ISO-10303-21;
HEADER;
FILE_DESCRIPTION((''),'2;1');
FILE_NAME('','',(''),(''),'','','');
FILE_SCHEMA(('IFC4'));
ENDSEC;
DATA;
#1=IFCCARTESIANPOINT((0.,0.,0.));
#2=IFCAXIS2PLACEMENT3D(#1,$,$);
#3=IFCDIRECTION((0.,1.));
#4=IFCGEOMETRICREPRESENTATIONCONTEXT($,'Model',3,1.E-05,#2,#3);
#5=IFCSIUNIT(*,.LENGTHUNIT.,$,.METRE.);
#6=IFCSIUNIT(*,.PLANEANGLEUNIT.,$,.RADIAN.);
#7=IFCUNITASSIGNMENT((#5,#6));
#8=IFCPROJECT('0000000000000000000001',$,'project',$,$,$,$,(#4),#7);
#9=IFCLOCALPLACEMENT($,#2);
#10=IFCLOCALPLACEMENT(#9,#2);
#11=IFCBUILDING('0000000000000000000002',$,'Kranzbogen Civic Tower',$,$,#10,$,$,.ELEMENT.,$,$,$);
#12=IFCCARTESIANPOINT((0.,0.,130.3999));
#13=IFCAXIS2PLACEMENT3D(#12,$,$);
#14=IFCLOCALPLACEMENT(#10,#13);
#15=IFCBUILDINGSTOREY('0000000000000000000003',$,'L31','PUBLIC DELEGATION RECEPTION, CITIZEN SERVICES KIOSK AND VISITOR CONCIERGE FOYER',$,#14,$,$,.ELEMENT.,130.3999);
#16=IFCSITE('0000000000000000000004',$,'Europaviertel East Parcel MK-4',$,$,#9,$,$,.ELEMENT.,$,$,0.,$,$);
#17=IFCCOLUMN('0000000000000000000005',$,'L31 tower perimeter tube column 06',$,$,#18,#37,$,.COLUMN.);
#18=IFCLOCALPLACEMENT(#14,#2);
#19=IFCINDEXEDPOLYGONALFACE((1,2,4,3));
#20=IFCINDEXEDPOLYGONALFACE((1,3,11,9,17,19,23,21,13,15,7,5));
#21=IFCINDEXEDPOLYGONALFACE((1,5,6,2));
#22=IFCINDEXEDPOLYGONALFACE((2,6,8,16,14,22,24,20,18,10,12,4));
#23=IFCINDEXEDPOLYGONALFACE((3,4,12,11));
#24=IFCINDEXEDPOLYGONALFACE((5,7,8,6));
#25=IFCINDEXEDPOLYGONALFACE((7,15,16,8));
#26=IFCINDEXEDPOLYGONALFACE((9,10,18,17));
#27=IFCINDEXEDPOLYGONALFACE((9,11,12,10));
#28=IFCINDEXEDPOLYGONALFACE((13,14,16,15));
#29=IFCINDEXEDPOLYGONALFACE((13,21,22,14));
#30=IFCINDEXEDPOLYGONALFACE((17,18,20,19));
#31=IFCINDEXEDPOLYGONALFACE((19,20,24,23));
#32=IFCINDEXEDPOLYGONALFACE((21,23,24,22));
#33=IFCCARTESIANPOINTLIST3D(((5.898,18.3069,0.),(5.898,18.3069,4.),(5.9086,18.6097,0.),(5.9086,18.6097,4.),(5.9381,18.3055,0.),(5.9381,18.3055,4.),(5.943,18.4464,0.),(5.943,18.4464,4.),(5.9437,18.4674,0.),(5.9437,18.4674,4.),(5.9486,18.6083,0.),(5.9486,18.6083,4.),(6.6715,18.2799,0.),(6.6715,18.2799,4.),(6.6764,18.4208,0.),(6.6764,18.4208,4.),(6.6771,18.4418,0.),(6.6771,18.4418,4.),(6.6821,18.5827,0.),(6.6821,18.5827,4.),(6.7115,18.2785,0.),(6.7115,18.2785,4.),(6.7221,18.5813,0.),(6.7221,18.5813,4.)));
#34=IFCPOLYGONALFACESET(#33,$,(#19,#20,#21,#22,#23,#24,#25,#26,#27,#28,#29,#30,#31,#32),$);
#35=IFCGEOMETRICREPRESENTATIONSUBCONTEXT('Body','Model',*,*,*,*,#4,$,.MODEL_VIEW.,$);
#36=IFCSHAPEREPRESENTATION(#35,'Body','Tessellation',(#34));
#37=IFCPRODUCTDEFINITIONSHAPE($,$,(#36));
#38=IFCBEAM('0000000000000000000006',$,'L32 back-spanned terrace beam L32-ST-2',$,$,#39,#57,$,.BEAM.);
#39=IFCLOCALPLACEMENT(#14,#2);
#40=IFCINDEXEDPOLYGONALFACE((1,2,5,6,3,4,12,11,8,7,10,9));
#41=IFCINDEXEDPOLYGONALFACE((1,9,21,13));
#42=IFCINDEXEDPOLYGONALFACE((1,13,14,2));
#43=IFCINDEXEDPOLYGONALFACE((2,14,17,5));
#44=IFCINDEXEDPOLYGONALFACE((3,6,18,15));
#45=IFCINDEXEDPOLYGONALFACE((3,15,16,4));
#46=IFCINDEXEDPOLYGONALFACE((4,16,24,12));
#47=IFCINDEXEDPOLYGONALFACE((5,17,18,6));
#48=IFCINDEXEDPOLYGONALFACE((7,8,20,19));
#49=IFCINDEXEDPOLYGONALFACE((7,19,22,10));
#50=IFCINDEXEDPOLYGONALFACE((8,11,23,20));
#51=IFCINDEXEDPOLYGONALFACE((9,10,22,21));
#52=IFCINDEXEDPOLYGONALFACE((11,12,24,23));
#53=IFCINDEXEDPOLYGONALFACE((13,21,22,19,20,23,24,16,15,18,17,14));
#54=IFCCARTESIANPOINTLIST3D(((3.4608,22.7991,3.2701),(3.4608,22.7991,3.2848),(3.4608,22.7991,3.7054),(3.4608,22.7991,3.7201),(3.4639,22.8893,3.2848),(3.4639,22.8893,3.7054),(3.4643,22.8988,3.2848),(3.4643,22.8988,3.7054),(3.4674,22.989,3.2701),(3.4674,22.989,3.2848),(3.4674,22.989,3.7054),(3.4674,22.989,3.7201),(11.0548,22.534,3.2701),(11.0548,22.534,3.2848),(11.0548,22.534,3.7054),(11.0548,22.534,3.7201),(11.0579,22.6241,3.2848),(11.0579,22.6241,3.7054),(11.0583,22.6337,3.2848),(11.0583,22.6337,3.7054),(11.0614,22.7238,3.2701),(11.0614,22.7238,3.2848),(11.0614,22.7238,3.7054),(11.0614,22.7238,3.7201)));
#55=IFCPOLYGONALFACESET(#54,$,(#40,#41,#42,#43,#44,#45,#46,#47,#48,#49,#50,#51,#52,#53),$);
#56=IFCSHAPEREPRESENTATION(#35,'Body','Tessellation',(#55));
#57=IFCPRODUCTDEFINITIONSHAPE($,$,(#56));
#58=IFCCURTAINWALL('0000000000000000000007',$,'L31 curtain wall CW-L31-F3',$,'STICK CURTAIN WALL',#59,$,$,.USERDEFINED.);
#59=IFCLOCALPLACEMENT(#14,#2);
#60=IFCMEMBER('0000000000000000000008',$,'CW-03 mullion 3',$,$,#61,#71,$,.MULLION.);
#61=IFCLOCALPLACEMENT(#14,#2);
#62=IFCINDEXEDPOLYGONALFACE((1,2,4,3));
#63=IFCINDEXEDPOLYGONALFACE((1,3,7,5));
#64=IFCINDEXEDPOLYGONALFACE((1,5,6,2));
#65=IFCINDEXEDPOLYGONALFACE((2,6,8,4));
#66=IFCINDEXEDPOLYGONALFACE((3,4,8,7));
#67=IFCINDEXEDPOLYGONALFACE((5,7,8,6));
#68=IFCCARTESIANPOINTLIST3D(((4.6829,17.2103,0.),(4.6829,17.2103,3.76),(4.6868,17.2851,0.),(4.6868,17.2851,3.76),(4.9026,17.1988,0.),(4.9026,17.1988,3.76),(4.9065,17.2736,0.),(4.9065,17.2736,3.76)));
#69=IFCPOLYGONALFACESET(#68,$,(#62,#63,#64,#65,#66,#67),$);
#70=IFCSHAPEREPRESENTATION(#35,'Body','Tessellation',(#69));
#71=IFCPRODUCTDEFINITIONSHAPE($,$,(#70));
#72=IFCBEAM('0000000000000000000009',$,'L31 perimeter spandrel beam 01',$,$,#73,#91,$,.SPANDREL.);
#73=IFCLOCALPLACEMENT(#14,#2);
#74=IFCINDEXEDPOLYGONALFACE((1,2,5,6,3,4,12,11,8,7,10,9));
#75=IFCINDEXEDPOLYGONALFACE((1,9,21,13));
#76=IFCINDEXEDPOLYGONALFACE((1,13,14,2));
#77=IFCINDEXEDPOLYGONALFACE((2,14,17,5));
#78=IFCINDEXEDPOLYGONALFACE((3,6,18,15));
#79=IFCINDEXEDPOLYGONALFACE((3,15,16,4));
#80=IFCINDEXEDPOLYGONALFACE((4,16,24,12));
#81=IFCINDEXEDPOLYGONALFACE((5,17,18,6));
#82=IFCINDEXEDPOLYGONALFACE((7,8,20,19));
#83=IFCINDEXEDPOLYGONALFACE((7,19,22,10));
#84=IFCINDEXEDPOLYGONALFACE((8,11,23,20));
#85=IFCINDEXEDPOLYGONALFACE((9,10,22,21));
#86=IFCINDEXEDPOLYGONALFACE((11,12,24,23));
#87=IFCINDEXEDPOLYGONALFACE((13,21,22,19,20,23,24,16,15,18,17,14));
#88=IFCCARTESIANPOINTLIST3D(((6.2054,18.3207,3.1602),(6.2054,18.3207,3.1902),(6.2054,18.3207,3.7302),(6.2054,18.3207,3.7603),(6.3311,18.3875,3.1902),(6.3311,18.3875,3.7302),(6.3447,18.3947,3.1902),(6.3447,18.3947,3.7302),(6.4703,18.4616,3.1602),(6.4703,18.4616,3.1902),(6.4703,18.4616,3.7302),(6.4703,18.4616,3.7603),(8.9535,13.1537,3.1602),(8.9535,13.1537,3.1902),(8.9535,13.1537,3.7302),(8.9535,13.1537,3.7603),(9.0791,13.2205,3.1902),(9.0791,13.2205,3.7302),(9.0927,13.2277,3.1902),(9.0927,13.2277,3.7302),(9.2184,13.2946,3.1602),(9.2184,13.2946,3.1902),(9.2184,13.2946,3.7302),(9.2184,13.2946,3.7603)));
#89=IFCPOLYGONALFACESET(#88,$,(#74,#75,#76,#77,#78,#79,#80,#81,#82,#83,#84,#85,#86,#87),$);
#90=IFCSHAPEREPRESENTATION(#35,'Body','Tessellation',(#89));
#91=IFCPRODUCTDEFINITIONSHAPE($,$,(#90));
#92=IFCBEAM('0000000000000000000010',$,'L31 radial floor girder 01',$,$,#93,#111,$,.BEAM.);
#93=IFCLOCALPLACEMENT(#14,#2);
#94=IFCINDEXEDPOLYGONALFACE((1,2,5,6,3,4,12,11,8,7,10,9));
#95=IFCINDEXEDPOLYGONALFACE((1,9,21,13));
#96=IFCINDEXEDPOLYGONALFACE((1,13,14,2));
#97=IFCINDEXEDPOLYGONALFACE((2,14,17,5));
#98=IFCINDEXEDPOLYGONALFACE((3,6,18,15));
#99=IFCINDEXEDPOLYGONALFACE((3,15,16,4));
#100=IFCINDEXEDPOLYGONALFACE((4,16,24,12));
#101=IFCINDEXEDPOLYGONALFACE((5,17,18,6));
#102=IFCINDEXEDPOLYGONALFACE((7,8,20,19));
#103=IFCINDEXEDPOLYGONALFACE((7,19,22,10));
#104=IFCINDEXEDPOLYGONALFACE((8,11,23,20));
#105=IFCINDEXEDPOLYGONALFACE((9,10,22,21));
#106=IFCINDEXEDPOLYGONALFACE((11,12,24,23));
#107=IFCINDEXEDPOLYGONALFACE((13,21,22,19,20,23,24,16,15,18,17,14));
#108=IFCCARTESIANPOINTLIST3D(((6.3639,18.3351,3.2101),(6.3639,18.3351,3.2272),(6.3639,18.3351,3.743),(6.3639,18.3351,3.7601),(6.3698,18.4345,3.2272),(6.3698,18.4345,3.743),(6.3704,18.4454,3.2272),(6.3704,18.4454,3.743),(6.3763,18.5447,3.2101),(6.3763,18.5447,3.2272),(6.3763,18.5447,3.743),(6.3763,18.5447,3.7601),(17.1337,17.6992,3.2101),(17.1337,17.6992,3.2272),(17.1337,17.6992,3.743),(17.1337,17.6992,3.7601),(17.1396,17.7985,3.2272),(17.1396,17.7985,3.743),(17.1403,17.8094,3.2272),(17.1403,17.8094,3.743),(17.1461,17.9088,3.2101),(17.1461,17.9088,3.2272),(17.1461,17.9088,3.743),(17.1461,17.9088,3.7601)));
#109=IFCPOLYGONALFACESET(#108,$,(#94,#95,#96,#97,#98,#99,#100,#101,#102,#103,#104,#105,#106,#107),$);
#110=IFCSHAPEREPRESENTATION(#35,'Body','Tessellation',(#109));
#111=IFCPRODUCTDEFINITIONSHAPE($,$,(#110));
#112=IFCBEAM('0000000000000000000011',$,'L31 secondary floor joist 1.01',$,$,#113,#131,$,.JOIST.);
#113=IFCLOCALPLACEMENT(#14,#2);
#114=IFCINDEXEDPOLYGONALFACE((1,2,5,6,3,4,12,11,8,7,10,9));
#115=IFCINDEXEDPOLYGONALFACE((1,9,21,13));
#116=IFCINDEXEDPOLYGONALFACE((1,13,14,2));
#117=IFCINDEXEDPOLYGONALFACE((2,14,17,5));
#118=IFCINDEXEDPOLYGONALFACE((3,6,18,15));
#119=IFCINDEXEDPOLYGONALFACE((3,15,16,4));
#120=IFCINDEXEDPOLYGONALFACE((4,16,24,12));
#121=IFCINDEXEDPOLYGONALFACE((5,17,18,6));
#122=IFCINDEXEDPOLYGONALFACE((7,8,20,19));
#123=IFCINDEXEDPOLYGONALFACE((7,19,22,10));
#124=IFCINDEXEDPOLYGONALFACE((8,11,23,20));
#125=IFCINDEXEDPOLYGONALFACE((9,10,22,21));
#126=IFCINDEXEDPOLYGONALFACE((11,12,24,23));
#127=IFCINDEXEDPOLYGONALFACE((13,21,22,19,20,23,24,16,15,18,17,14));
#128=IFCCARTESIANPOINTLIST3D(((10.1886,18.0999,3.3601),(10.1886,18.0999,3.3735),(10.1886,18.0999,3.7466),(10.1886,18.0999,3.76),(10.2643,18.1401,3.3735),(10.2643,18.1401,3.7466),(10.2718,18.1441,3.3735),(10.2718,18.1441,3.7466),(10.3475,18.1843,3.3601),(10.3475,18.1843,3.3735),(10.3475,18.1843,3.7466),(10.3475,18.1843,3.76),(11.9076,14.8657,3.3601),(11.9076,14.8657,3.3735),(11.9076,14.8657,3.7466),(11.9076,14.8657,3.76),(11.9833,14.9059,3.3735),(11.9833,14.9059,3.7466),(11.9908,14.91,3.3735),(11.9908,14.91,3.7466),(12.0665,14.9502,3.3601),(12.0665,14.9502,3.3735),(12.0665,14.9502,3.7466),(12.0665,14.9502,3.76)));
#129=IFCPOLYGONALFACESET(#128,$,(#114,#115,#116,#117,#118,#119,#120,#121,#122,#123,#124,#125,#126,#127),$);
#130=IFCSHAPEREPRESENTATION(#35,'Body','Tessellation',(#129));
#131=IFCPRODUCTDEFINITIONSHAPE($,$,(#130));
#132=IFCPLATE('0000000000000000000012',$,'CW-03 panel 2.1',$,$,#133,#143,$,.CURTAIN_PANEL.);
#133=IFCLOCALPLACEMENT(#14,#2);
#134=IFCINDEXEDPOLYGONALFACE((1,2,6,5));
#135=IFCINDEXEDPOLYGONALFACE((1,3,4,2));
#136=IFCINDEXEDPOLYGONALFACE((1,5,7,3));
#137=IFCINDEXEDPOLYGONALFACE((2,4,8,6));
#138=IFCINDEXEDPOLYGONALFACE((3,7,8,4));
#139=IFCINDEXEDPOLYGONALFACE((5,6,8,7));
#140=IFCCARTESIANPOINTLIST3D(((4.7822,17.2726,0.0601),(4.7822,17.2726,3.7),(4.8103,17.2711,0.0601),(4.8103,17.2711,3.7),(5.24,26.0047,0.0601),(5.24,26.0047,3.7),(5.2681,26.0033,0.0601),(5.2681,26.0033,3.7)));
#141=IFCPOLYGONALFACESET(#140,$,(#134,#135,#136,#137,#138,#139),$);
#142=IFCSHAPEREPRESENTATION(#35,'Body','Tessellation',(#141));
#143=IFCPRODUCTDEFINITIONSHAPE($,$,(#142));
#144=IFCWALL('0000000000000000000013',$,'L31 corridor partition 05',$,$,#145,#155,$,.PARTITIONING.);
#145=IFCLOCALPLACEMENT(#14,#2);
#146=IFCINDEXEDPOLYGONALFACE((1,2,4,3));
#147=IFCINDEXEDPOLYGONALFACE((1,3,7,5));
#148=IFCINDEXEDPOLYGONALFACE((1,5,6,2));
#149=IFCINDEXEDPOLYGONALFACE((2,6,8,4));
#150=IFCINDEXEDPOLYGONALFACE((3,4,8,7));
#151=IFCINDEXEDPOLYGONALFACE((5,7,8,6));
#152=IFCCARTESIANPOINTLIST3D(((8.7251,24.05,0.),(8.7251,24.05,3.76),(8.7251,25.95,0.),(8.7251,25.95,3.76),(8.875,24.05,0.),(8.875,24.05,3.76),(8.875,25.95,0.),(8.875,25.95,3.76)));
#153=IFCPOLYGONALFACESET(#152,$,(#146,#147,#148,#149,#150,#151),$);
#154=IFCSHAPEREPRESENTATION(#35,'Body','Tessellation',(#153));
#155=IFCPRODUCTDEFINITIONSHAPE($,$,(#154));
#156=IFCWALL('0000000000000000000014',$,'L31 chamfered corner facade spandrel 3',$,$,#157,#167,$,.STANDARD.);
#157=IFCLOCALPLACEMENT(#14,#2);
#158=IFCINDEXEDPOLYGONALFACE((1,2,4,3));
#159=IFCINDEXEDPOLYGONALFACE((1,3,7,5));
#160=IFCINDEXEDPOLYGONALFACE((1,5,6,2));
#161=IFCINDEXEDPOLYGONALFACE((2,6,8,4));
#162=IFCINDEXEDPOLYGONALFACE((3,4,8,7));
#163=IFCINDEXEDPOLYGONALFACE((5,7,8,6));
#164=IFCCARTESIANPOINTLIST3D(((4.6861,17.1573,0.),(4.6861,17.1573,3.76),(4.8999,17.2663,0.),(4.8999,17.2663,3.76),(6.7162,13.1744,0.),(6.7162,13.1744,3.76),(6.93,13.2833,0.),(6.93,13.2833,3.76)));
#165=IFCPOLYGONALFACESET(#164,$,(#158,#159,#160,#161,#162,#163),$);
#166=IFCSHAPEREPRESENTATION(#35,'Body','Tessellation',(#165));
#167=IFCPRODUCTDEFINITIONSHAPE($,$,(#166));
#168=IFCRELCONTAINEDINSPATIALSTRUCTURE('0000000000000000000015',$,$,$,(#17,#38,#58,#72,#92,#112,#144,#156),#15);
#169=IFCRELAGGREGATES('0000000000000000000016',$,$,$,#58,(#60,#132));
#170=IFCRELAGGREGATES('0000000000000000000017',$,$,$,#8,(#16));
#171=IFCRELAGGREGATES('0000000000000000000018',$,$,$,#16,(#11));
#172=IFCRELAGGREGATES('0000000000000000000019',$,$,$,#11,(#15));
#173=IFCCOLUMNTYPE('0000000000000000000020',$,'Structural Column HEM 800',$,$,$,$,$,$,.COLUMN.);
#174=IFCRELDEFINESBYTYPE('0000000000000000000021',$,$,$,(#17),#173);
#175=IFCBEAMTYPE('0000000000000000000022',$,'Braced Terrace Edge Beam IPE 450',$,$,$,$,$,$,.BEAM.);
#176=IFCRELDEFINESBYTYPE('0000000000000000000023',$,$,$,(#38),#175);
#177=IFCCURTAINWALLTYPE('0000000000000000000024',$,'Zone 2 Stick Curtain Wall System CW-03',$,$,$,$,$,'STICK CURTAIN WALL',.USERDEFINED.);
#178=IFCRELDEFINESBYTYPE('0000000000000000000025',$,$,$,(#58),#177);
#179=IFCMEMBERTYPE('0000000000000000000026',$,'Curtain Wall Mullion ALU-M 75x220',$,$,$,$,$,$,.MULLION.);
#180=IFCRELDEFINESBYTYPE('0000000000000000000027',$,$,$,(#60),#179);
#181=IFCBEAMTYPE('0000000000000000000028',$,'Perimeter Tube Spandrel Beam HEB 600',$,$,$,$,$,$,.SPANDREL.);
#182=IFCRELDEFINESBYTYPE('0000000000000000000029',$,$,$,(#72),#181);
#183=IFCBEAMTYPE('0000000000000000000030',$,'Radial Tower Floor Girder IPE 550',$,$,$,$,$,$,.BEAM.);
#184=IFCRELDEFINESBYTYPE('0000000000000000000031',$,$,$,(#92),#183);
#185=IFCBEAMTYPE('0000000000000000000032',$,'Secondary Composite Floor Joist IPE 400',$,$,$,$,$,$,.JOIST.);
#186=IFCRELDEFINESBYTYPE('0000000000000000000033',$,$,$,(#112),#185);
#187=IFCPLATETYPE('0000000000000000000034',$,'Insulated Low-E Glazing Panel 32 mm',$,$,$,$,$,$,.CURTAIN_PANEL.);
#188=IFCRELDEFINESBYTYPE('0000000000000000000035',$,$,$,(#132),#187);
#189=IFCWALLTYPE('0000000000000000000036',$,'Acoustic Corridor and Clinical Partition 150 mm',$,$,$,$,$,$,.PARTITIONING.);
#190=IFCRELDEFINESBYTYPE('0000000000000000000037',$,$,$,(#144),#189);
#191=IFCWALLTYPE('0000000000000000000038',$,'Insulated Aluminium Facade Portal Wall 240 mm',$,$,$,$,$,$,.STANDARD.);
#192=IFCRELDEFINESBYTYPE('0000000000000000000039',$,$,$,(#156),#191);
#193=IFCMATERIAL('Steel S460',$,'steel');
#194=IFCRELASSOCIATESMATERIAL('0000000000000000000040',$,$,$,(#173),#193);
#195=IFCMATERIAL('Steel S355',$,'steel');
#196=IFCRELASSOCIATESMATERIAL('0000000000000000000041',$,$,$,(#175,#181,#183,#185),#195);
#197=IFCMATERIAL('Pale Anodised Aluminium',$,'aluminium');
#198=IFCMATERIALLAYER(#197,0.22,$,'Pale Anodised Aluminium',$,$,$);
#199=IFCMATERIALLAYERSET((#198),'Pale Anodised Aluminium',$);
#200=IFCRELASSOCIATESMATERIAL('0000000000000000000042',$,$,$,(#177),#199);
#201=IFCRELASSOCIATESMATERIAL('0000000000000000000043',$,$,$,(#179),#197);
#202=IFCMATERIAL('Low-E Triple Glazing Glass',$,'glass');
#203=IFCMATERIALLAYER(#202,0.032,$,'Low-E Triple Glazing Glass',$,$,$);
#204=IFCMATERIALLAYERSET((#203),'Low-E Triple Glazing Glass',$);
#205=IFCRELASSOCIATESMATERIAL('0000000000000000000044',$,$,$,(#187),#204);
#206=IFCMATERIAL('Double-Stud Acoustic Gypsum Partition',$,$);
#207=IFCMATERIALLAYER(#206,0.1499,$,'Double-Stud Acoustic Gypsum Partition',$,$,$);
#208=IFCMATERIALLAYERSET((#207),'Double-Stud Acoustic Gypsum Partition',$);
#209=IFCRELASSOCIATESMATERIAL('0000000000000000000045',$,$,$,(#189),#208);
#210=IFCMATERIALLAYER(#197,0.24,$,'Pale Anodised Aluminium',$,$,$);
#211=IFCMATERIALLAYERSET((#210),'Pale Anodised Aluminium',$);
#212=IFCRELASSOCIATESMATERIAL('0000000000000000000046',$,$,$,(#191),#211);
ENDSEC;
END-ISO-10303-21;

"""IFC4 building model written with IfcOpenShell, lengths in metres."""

from ifc_helpers import new_model, si_unit, direction, frame, frame_2d, origin, origin_2d, place, context, subcontext, project, spatial, rectangle, i_section, extrude, material, layer, layer_set, material_profile, profile_set, type_object, element, aggregate, save


model = new_model("IFC4")

# Units and contexts
model_context = context("Model", 3, precision=1e-05, world=origin(), true_north=direction((0.0, 1.0)))
body_context = subcontext(model_context, "Body", "Model", "MODEL_VIEW")
ifc_project = project(units=[si_unit("LENGTHUNIT", "METRE"), si_unit("PLANEANGLEUNIT", "RADIAN")], contexts=[model_context])

# Site, building, storey
site_placement = place(None, origin())
site = spatial("IfcSite", under=ifc_project, at=site_placement, Name="Europaviertel East Parcel MK-4", CompositionType="ELEMENT", RefElevation=0.0)
building_placement = place(site_placement, origin())
building = spatial("IfcBuilding", under=site, at=building_placement, Name="Kranzbogen Civic Tower", CompositionType="ELEMENT")
storey_placement = place(building_placement, frame((0.0, 0.0, 130.3999)))
storey = spatial("IfcBuildingStorey", under=building, at=storey_placement, Name="L31", Description="PUBLIC DELEGATION RECEPTION, CITIZEN SERVICES KIOSK AND VISITOR CONCIERGE FOYER", CompositionType="ELEMENT", Elevation=130.3999)

# Column
ifc_material_1 = material(Name="Steel S460", Category="steel")
ifc_material_profile_1 = material_profile(ifc_material_1, i_section(OverallWidth=0.303, OverallDepth=0.814, WebThickness=0.021, FlangeThickness=0.04, at=origin_2d()), Name="HEM 800")
ifc_profile_set_1 = profile_set([ifc_material_profile_1], Name="Steel S460")
column_type = type_object("IfcColumnType", Name="Structural Column HEM 800", PredefinedType="COLUMN", material=ifc_profile_set_1)
column_placement = place(storey_placement, frame((6.3101, 18.4441, 0.0), z_axis=(0.0, 0.0, 1.0), x_axis=(0.034899, 0.999391, 0.0)))
element("IfcColumn", 1, at=column_placement, inside=storey, type_object=column_type, Name="L31 tower perimeter tube column 06", PredefinedType="COLUMN", context=body_context, shape_type="SweptSolid", body=[
    extrude(i_section(OverallWidth=0.303, OverallDepth=0.814, WebThickness=0.021, FlangeThickness=0.04, at=origin_2d()), origin(), (0.0, 0.0, 1.0), 4.0),
])

# Beam
ifc_material_2 = material(Name="Steel S355", Category="steel")
ifc_material_profile_2 = material_profile(ifc_material_2, i_section(OverallWidth=0.1899, OverallDepth=0.45, WebThickness=0.0095, FlangeThickness=0.0146, at=origin_2d()), Name="IPE 450")
ifc_profile_set_2 = profile_set([ifc_material_profile_2], Name="Steel S355")
beam_type_1 = type_object("IfcBeamType", Name="Braced Terrace Edge Beam IPE 450", PredefinedType="BEAM", material=ifc_profile_set_2)
beam_1_placement = place(storey_placement, frame((11.0581, 22.6289, 3.4951), z_axis=(-0.999391, 0.034893, 0.0), x_axis=(-0.034893, -0.999391, 0.0)))
element("IfcBeam", 2, at=beam_1_placement, inside=storey, type_object=beam_type_1, Name="L32 back-spanned terrace beam L32-ST-2", PredefinedType="BEAM", context=body_context, shape_type="SweptSolid", body=[
    extrude(i_section(OverallWidth=0.1899, OverallDepth=0.45, WebThickness=0.0095, FlangeThickness=0.0146, at=origin_2d()), origin(), (0.0, 0.0, 1.0), 7.5986),
])

# Curtain wall, member
ifc_material_3 = material(Name="Pale Anodised Aluminium", Category="aluminium")
ifc_layer_1 = layer(ifc_material_3, 0.22, Name="Pale Anodised Aluminium")
ifc_layer_set_1 = layer_set([ifc_layer_1], Name="Pale Anodised Aluminium")
curtain_wall_type = type_object("IfcCurtainWallType", Name="Zone 2 Stick Curtain Wall System CW-03", ElementType="STICK CURTAIN WALL", PredefinedType="USERDEFINED", material=ifc_layer_set_1)
curtain_wall_placement = place(storey_placement, origin())
curtain_wall = element("IfcCurtainWall", 3, at=curtain_wall_placement, inside=storey, type_object=curtain_wall_type, Name="L31 curtain wall CW-L31-F3", ObjectType="STICK CURTAIN WALL", PredefinedType="USERDEFINED")
ifc_material_profile_3 = material_profile(ifc_material_3, rectangle(XDim=0.075, YDim=0.22, at=origin_2d()), Name="ALU-M 75x220")
ifc_profile_set_3 = profile_set([ifc_material_profile_3], Name="Pale Anodised Aluminium")
member_type = type_object("IfcMemberType", Name="Curtain Wall Mullion ALU-M 75x220", PredefinedType="MULLION", material=ifc_profile_set_3)
member_placement = place(storey_placement, frame((4.7947, 17.2419, 0.0), z_axis=(0.0, 0.0, 1.0), x_axis=(-0.052354, -0.998629, 0.0)))
member = element("IfcMember", 4, at=member_placement, type_object=member_type, Name="CW-03 mullion 3", PredefinedType="MULLION", context=body_context, shape_type="SweptSolid", body=[
    extrude(rectangle(XDim=0.075, YDim=0.22, at=origin_2d()), origin(), (0.0, 0.0, 1.0), 3.76),
])

# Beams
ifc_material_profile_4 = material_profile(ifc_material_2, i_section(OverallWidth=0.3, OverallDepth=0.6001, WebThickness=0.0154, FlangeThickness=0.03, at=origin_2d()), Name="HEB 600")
ifc_profile_set_4 = profile_set([ifc_material_profile_4], Name="Steel S355")
beam_type_2 = type_object("IfcBeamType", Name="Perimeter Tube Spandrel Beam HEB 600", PredefinedType="SPANDREL", material=ifc_profile_set_4)
beam_2_placement = place(storey_placement, frame((6.3379, 18.3911, 3.4602), z_axis=(0.469566, -0.882897, 0.0), x_axis=(0.882897, 0.469566, 0.0)))
element("IfcBeam", 5, at=beam_2_placement, inside=storey, type_object=beam_type_2, Name="L31 perimeter spandrel beam 01", PredefinedType="SPANDREL", context=body_context, shape_type="SweptSolid", body=[
    extrude(i_section(OverallWidth=0.3, OverallDepth=0.6001, WebThickness=0.0154, FlangeThickness=0.03, at=origin_2d()), origin(), (0.0, 0.0, 1.0), 5.8523),
])
ifc_material_profile_5 = material_profile(ifc_material_2, i_section(OverallWidth=0.21, OverallDepth=0.55, WebThickness=0.011, FlangeThickness=0.0171, at=origin_2d()), Name="IPE 550")
ifc_profile_set_5 = profile_set([ifc_material_profile_5], Name="Steel S355")
beam_type_3 = type_object("IfcBeamType", Name="Radial Tower Floor Girder IPE 550", PredefinedType="BEAM", material=ifc_profile_set_5)
beam_3_placement = place(storey_placement, frame((6.3701, 18.4399, 3.4851), z_axis=(0.998261, -0.05895, 0.0), x_axis=(0.05895, 0.998261, 0.0)))
element("IfcBeam", 6, at=beam_3_placement, inside=storey, type_object=beam_type_3, Name="L31 radial floor girder 01", PredefinedType="BEAM", context=body_context, shape_type="SweptSolid", body=[
    extrude(i_section(OverallWidth=0.21, OverallDepth=0.55, WebThickness=0.011, FlangeThickness=0.0171, at=origin_2d()), origin(), (0.0, 0.0, 1.0), 10.7886),
])
ifc_material_profile_6 = material_profile(ifc_material_2, i_section(OverallWidth=0.1799, OverallDepth=0.3999, WebThickness=0.0085, FlangeThickness=0.0134, at=origin_2d()), Name="IPE 400")
ifc_profile_set_6 = profile_set([ifc_material_profile_6], Name="Steel S355")
beam_type_4 = type_object("IfcBeamType", Name="Secondary Composite Floor Joist IPE 400", PredefinedType="JOIST", material=ifc_profile_set_6)
beam_4_placement = place(storey_placement, frame((10.2681, 18.1421, 3.5601), z_axis=(0.469339, -0.883018, 0.0), x_axis=(0.883018, 0.469339, 0.0)))
element("IfcBeam", 7, at=beam_4_placement, inside=storey, type_object=beam_type_4, Name="L31 secondary floor joist 1.01", PredefinedType="JOIST", context=body_context, shape_type="SweptSolid", body=[
    extrude(i_section(OverallWidth=0.1799, OverallDepth=0.3999, WebThickness=0.0085, FlangeThickness=0.0134, at=origin_2d()), origin(), (0.0, 0.0, 1.0), 3.6626),
])

# Plate
ifc_material_4 = material(Name="Low-E Triple Glazing Glass", Category="glass")
ifc_layer_2 = layer(ifc_material_4, 0.032, Name="Low-E Triple Glazing Glass")
ifc_layer_set_2 = layer_set([ifc_layer_2], Name="Low-E Triple Glazing Glass")
plate_type = type_object("IfcPlateType", Name="Insulated Low-E Glazing Panel 32 mm", PredefinedType="CURTAIN_PANEL", material=ifc_layer_set_2)
plate_placement = place(storey_placement, frame((5.0251, 21.6379, 0.0601), z_axis=(0.0, 0.0, 1.0), x_axis=(-0.052354, -0.998629, 0.0)))
plate = element("IfcPlate", 8, at=plate_placement, type_object=plate_type, Name="CW-03 panel 2.1", PredefinedType="CURTAIN_PANEL", context=body_context, shape_type="SweptSolid", body=[
    extrude(rectangle(XDim=8.7441, YDim=0.0281, at=origin_2d()), origin(), (0.0, 0.0, 1.0), 3.6399),
])
aggregate(curtain_wall, [member, plate])

# Walls
ifc_material_5 = material(Name="Double-Stud Acoustic Gypsum Partition")
ifc_layer_3 = layer(ifc_material_5, 0.1499, Name="Double-Stud Acoustic Gypsum Partition")
ifc_layer_set_3 = layer_set([ifc_layer_3], Name="Double-Stud Acoustic Gypsum Partition")
wall_type_1 = type_object("IfcWallType", Name="Acoustic Corridor and Clinical Partition 150 mm", PredefinedType="PARTITIONING", material=ifc_layer_set_3)
wall_1_placement = place(storey_placement, frame((8.8, 24.05, 0.0), z_axis=(0.0, 0.0, 1.0), x_axis=(0.0, 1.0, 0.0)))
element("IfcWall", 9, at=wall_1_placement, inside=storey, type_object=wall_type_1, Name="L31 corridor partition 05", PredefinedType="PARTITIONING", context=body_context, shape_type="SweptSolid", body=[
    extrude(rectangle(XDim=1.8999, YDim=0.1499, at=frame_2d((0.95, 0.0))), origin(), (0.0, 0.0, 1.0), 3.76),
])
ifc_layer_4 = layer(ifc_material_3, 0.24, Name="Pale Anodised Aluminium")
ifc_layer_set_4 = layer_set([ifc_layer_4], Name="Pale Anodised Aluminium")
wall_type_2 = type_object("IfcWallType", Name="Insulated Aluminium Facade Portal Wall 240 mm", PredefinedType="STANDARD", material=ifc_layer_set_4)
wall_2_placement = place(storey_placement, frame((4.793, 17.2119, 0.0), z_axis=(0.0, 0.0, 1.0), x_axis=(0.454103, -0.890949, 0.0)))
element("IfcWall", 10, at=wall_2_placement, inside=storey, type_object=wall_type_2, Name="L31 chamfered corner facade spandrel 3", PredefinedType="STANDARD", context=body_context, shape_type="SweptSolid", body=[
    extrude(rectangle(XDim=4.4705, YDim=0.24, at=frame_2d((2.2354, 0.0))), origin(), (0.0, 0.0, 1.0), 3.76),
])

save(model, "model.ifc")
